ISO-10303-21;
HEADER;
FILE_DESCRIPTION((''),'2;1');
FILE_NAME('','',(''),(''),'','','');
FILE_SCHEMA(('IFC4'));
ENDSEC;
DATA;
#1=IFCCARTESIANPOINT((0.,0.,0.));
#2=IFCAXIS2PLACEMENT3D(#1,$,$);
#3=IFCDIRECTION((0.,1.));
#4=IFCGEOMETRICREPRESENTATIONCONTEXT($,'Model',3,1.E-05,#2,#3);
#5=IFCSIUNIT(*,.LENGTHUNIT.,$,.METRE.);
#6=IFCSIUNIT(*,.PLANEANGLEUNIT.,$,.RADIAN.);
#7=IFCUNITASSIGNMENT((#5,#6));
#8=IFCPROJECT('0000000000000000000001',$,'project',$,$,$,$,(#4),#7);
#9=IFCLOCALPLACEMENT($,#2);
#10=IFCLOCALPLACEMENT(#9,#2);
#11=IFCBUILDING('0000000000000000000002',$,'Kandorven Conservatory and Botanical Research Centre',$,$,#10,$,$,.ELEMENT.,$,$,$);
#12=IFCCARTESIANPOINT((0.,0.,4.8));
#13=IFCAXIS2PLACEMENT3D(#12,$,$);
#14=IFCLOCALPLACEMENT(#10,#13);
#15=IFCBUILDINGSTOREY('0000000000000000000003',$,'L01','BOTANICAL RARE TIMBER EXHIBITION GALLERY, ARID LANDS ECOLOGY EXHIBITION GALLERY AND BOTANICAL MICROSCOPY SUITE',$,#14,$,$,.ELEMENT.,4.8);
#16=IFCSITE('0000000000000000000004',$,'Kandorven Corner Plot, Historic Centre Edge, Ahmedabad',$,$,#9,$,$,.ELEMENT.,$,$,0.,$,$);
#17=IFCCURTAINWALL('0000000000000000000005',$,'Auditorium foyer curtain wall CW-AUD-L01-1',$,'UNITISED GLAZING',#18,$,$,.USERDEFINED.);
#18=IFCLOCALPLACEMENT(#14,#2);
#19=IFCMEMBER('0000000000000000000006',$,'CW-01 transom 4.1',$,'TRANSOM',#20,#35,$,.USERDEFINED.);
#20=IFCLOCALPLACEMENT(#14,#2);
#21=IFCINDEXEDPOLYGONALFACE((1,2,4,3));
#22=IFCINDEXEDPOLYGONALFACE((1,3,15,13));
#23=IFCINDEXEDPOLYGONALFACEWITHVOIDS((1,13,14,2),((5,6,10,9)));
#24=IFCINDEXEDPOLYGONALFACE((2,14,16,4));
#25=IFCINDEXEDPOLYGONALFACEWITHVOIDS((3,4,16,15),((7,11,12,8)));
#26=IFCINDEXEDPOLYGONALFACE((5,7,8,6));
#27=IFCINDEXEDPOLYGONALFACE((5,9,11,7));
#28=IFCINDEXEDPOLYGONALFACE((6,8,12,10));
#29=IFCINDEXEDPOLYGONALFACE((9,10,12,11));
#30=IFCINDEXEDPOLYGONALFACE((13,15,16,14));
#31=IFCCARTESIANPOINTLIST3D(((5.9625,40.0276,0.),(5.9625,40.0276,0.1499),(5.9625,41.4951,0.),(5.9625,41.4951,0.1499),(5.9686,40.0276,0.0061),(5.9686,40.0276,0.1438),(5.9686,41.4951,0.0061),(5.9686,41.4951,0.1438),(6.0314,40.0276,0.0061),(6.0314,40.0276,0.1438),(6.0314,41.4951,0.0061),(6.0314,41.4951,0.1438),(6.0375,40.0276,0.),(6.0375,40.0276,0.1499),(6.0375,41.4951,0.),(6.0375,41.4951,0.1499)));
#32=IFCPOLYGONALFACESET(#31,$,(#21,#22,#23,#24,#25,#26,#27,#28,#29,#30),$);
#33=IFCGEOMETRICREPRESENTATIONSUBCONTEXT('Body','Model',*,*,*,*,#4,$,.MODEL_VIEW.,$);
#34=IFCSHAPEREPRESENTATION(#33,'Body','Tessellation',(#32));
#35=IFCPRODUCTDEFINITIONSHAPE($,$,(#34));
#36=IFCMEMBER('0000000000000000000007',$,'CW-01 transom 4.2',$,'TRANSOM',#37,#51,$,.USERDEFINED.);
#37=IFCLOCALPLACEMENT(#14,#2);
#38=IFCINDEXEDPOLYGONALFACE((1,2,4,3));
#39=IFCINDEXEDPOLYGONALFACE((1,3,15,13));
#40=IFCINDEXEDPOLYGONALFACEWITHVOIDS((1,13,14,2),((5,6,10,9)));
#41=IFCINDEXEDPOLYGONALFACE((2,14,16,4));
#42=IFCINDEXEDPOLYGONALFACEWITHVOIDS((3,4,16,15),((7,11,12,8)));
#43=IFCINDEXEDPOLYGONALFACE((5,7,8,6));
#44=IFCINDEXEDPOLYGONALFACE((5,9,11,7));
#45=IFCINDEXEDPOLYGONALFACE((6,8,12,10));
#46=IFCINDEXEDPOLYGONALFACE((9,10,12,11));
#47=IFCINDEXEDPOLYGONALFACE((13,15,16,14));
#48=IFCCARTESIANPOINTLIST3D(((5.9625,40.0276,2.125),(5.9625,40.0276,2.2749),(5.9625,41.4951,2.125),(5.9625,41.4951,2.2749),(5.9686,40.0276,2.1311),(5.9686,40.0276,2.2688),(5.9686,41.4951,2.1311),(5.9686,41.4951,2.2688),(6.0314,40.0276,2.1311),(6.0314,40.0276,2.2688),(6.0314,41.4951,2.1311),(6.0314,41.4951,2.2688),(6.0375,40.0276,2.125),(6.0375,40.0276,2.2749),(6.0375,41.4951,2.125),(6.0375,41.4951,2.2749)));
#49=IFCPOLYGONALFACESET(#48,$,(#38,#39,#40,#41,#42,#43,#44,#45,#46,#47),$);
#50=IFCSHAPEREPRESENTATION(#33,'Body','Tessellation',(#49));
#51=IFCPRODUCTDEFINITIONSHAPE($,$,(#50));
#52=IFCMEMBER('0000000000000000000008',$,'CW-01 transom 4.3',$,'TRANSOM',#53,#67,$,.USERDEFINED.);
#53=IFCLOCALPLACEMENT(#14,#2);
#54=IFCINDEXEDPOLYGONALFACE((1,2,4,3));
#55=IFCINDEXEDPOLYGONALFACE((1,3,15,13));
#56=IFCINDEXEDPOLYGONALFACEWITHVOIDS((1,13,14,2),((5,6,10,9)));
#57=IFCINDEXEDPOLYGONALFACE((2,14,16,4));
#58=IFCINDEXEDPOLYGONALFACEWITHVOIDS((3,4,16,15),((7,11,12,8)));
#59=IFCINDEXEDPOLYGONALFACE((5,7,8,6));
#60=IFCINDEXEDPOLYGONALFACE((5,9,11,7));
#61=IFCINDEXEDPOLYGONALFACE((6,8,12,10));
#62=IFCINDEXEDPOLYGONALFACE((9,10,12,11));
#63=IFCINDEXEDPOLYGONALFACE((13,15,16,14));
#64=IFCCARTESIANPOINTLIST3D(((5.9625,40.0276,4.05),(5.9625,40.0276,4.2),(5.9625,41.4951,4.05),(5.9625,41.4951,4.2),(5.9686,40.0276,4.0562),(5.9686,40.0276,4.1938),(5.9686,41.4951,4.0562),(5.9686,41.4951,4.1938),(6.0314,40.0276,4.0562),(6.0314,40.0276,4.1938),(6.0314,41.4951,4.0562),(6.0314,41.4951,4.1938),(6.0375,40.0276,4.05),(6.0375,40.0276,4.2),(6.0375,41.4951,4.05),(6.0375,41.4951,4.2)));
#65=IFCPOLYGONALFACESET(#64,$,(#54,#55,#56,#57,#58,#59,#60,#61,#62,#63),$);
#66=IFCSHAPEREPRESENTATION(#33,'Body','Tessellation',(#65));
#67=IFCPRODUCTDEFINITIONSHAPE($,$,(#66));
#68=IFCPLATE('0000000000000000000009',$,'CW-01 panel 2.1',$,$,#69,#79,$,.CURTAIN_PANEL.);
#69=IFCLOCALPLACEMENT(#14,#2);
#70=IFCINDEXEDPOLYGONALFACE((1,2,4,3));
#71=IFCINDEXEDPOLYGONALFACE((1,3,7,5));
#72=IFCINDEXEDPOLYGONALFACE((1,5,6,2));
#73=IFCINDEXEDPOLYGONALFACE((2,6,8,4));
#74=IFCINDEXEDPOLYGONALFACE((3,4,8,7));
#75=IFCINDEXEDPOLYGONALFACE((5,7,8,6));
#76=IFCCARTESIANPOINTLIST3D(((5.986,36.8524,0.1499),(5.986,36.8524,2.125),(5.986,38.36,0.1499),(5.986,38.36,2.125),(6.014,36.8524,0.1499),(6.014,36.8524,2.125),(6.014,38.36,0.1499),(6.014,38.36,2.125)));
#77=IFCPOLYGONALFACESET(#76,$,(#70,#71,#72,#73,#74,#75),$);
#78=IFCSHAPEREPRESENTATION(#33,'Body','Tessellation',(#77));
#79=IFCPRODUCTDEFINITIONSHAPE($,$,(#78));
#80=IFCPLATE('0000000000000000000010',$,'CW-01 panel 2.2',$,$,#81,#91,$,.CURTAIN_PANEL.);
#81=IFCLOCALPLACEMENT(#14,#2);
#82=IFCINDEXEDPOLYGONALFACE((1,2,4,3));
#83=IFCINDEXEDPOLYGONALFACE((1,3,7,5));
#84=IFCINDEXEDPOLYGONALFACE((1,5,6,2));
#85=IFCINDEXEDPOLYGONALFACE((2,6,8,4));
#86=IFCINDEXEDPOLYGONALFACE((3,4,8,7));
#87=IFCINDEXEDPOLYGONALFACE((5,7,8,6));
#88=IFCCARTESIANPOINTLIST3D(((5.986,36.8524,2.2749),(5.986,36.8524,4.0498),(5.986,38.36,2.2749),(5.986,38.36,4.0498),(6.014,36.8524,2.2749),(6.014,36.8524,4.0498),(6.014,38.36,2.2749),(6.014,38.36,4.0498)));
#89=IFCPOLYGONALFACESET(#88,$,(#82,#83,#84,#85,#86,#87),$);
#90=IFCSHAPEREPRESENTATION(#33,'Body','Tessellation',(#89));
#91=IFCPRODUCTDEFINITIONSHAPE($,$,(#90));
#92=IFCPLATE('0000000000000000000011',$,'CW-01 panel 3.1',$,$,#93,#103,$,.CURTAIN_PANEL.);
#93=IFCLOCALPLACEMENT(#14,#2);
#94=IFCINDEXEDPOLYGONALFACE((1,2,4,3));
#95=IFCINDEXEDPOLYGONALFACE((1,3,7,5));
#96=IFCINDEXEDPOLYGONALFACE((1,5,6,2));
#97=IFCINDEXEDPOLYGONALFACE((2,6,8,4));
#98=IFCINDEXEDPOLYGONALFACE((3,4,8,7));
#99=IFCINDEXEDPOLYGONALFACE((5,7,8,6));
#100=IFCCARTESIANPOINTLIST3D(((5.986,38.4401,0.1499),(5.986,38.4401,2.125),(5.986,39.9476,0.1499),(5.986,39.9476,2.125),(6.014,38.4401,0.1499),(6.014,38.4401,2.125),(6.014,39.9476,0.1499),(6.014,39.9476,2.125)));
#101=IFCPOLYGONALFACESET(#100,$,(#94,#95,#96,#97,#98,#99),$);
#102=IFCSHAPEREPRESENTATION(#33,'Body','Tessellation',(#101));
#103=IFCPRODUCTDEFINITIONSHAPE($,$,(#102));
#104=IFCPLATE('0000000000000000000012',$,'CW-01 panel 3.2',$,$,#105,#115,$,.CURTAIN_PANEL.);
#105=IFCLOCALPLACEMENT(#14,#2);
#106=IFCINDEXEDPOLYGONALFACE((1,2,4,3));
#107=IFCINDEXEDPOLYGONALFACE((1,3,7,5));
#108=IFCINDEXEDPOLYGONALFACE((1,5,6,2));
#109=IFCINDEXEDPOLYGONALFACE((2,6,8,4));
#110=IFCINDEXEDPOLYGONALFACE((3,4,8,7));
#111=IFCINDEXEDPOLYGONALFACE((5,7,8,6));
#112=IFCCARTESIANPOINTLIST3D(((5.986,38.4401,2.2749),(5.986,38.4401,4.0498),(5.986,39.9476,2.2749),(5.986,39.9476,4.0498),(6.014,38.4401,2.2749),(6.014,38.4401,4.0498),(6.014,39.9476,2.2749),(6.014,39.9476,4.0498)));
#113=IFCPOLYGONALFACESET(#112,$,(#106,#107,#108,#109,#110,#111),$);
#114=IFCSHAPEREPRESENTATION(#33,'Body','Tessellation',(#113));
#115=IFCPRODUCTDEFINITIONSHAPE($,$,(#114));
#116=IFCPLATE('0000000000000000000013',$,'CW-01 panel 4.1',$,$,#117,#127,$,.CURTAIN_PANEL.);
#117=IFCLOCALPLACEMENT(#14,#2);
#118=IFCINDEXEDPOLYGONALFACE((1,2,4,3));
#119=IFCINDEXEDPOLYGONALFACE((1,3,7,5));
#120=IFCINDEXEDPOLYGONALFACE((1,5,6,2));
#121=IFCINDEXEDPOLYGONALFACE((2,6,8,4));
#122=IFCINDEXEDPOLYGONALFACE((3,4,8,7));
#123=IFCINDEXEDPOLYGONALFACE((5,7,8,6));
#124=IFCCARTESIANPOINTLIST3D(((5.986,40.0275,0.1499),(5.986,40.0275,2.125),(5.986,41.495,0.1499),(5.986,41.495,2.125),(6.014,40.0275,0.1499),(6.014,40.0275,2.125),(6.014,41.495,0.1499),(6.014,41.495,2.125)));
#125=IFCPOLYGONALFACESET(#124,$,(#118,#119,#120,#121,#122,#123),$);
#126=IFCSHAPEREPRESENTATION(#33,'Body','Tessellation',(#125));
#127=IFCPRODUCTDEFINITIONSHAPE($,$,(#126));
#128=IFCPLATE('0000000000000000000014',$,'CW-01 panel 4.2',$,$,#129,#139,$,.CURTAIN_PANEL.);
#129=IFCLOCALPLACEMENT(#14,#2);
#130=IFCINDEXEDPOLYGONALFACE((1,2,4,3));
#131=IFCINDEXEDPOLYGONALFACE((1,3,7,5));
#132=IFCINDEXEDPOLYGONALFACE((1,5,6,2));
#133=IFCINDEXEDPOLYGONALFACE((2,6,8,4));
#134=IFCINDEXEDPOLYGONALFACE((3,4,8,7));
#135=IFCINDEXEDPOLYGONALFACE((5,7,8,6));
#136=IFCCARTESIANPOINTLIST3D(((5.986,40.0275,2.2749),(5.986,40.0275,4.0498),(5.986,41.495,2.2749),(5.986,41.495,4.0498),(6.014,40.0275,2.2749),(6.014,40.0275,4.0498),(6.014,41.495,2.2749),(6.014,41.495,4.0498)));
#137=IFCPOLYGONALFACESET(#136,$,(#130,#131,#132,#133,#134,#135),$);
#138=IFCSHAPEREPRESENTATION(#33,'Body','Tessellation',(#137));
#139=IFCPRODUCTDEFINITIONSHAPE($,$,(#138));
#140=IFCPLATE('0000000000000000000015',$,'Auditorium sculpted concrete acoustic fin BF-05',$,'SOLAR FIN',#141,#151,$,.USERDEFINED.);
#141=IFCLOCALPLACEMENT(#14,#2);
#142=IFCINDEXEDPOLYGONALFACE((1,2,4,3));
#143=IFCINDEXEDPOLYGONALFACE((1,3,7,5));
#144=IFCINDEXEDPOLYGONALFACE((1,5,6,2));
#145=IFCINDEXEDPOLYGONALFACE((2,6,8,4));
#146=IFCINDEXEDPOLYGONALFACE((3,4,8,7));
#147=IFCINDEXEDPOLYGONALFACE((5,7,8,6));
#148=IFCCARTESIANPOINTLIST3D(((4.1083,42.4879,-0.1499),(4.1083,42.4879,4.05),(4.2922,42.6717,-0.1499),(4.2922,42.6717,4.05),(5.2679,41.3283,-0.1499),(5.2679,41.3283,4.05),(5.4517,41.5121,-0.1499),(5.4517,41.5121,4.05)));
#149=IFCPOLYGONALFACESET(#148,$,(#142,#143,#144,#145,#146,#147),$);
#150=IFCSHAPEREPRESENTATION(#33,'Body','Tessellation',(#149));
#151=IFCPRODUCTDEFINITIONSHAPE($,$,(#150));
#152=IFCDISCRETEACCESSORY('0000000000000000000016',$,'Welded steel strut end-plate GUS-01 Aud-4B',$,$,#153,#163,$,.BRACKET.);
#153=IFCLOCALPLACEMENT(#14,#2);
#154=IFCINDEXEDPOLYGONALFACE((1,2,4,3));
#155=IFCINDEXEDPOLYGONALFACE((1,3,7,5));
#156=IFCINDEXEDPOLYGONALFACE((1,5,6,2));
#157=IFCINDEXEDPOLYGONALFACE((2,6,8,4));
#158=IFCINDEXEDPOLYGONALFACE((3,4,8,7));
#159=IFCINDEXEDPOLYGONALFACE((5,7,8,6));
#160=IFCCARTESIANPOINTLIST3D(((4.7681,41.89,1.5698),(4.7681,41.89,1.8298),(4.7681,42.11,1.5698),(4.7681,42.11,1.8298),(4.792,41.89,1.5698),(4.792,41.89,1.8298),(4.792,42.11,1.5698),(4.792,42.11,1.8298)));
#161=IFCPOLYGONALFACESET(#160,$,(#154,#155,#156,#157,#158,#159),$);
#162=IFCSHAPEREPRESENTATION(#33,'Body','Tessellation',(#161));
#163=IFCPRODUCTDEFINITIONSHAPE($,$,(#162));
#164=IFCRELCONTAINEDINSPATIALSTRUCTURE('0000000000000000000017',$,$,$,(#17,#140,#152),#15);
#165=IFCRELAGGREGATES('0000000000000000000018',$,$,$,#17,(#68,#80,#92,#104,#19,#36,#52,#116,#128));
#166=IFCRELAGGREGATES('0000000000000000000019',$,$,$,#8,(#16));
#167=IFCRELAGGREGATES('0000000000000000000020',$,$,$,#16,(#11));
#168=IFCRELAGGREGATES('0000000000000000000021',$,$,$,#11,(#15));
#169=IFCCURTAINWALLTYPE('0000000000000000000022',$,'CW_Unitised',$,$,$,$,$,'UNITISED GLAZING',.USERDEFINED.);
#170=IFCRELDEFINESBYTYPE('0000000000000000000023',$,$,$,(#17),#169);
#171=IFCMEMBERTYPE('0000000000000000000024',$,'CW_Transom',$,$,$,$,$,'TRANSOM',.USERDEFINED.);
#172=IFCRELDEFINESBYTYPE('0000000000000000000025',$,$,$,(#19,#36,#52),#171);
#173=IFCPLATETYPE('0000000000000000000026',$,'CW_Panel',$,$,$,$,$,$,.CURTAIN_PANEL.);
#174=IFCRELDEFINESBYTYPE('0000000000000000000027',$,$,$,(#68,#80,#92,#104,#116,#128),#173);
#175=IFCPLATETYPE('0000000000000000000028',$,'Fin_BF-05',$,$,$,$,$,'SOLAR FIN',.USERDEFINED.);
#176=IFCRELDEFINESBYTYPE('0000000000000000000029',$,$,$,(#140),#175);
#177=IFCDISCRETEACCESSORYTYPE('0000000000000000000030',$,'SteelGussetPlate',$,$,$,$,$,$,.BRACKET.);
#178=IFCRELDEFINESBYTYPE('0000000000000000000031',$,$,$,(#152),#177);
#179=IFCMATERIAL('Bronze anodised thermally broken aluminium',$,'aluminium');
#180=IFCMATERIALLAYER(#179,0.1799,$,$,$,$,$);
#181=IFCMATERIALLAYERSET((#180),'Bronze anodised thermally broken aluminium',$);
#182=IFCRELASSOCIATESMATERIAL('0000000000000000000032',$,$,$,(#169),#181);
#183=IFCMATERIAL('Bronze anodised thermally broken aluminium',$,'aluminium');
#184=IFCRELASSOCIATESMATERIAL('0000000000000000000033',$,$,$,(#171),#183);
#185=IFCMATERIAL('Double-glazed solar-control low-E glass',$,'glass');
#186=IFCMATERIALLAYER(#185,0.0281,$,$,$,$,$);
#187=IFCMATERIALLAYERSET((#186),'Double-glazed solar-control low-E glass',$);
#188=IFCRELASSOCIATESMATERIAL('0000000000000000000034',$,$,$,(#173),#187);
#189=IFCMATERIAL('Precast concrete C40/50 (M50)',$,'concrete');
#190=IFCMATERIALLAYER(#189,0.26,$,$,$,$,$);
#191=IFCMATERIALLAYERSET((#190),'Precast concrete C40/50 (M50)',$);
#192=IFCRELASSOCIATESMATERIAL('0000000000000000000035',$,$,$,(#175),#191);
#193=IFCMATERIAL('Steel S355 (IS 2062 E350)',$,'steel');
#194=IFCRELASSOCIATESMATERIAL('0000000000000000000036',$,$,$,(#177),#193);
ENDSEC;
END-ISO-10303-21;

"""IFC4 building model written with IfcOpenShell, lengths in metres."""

from ifc_helpers import new_model, si_unit, direction, frame, origin, origin_2d, place, context, subcontext, project, spatial, rectangle, hollow_rectangle, extrude, material, layer, layer_set, material_profile, profile_set, type_object, element, aggregate, save


model = new_model("IFC4")

# Units and contexts
model_context = context("Model", 3, precision=1e-05, world=origin(), true_north=direction((0.0, 1.0)))
body_context = subcontext(model_context, "Body", "Model", "MODEL_VIEW")
ifc_project = project(units=[si_unit("LENGTHUNIT", "METRE"), si_unit("PLANEANGLEUNIT", "RADIAN")], contexts=[model_context])

# Site, building, storey
site_placement = place(None, origin())
site = spatial("IfcSite", under=ifc_project, at=site_placement, Name="Kandorven Corner Plot, Historic Centre Edge, Ahmedabad", CompositionType="ELEMENT", RefElevation=0.0)
building_placement = place(site_placement, origin())
building = spatial("IfcBuilding", under=site, at=building_placement, Name="Kandorven Conservatory and Botanical Research Centre", CompositionType="ELEMENT")
storey_placement = place(building_placement, frame((0.0, 0.0, 4.8)))
storey = spatial("IfcBuildingStorey", under=building, at=storey_placement, Name="L01", Description="BOTANICAL RARE TIMBER EXHIBITION GALLERY, ARID LANDS ECOLOGY EXHIBITION GALLERY AND BOTANICAL MICROSCOPY SUITE", CompositionType="ELEMENT", Elevation=4.8)

# Curtain wall, members, plates
ifc_material_1 = material(Name="Bronze anodised thermally broken aluminium", Category="aluminium")
ifc_layer_1 = layer(ifc_material_1, 0.1799)
ifc_layer_set_1 = layer_set([ifc_layer_1], Name="Bronze anodised thermally broken aluminium")
curtain_wall_type = type_object("IfcCurtainWallType", Name="CW_Unitised", ElementType="UNITISED GLAZING", PredefinedType="USERDEFINED", material=ifc_layer_set_1)
curtain_wall_placement = place(storey_placement, origin())
curtain_wall = element("IfcCurtainWall", 1, at=curtain_wall_placement, inside=storey, type_object=curtain_wall_type, Name="Auditorium foyer curtain wall CW-AUD-L01-1", ObjectType="UNITISED GLAZING", PredefinedType="USERDEFINED")
ifc_material_2 = material(Name="Bronze anodised thermally broken aluminium", Category="aluminium")
ifc_material_profile_1 = material_profile(ifc_material_2, hollow_rectangle(XDim=0.075, YDim=0.1499, WallThickness=0.0061, at=origin_2d()))
ifc_profile_set_1 = profile_set([ifc_material_profile_1], Name="Bronze anodised thermally broken aluminium")
member_type_1 = type_object("IfcMemberType", Name="CW_Transom", ElementType="TRANSOM", PredefinedType="USERDEFINED", material=ifc_profile_set_1)
member_1_placement = place(storey_placement, frame((6.0, 40.0276, 0.075), z_axis=(0.0, 1.0, 0.0), x_axis=(-1.0, 0.0, 0.0)))
member_1 = element("IfcMember", 2, at=member_1_placement, type_object=member_type_1, Name="CW-01 transom 4.1", ObjectType="TRANSOM", PredefinedType="USERDEFINED", context=body_context, shape_type="SweptSolid", body=[
    extrude(hollow_rectangle(XDim=0.075, YDim=0.1499, WallThickness=0.0061, at=origin_2d()), origin(), (0.0, 0.0, 1.0), 1.4675),
])
member_2_placement = place(storey_placement, frame((6.0, 40.0276, 2.2), z_axis=(0.0, 1.0, 0.0), x_axis=(-1.0, 0.0, 0.0)))
member_2 = element("IfcMember", 3, at=member_2_placement, type_object=member_type_1, Name="CW-01 transom 4.2", ObjectType="TRANSOM", PredefinedType="USERDEFINED", context=body_context, shape_type="SweptSolid", body=[
    extrude(hollow_rectangle(XDim=0.075, YDim=0.1499, WallThickness=0.0061, at=origin_2d()), origin(), (0.0, 0.0, 1.0), 1.4675),
])
member_3_placement = place(storey_placement, frame((6.0, 40.0276, 4.125), z_axis=(0.0, 1.0, 0.0), x_axis=(-1.0, 0.0, 0.0)))
member_3 = element("IfcMember", 4, at=member_3_placement, type_object=member_type_1, Name="CW-01 transom 4.3", ObjectType="TRANSOM", PredefinedType="USERDEFINED", context=body_context, shape_type="SweptSolid", body=[
    extrude(hollow_rectangle(XDim=0.075, YDim=0.1499, WallThickness=0.0061, at=origin_2d()), origin(), (0.0, 0.0, 1.0), 1.4675),
])
ifc_material_3 = material(Name="Double-glazed solar-control low-E glass", Category="glass")
ifc_layer_2 = layer(ifc_material_3, 0.0281)
ifc_layer_set_2 = layer_set([ifc_layer_2], Name="Double-glazed solar-control low-E glass")
plate_type_1 = type_object("IfcPlateType", Name="CW_Panel", PredefinedType="CURTAIN_PANEL", material=ifc_layer_set_2)
plate_1_placement = place(storey_placement, frame((6.0, 37.6062, 0.1499), z_axis=(0.0, 0.0, 1.0), x_axis=(0.0, 1.0, 0.0)))
plate_1 = element("IfcPlate", 5, at=plate_1_placement, type_object=plate_type_1, Name="CW-01 panel 2.1", PredefinedType="CURTAIN_PANEL", context=body_context, shape_type="SweptSolid", body=[
    extrude(rectangle(XDim=1.5076, YDim=0.0281, at=origin_2d()), origin(), (0.0, 0.0, 1.0), 1.9751),
])
plate_2_placement = place(storey_placement, frame((6.0, 37.6062, 2.2749), z_axis=(0.0, 0.0, 1.0), x_axis=(0.0, 1.0, 0.0)))
plate_2 = element("IfcPlate", 6, at=plate_2_placement, type_object=plate_type_1, Name="CW-01 panel 2.2", PredefinedType="CURTAIN_PANEL", context=body_context, shape_type="SweptSolid", body=[
    extrude(rectangle(XDim=1.5076, YDim=0.0281, at=origin_2d()), origin(), (0.0, 0.0, 1.0), 1.7749),
])
plate_3_placement = place(storey_placement, frame((6.0, 39.1938, 0.1499), z_axis=(0.0, 0.0, 1.0), x_axis=(0.0, 1.0, 0.0)))
plate_3 = element("IfcPlate", 7, at=plate_3_placement, type_object=plate_type_1, Name="CW-01 panel 3.1", PredefinedType="CURTAIN_PANEL", context=body_context, shape_type="SweptSolid", body=[
    extrude(rectangle(XDim=1.5076, YDim=0.0281, at=origin_2d()), origin(), (0.0, 0.0, 1.0), 1.9751),
])
plate_4_placement = place(storey_placement, frame((6.0, 39.1938, 2.2749), z_axis=(0.0, 0.0, 1.0), x_axis=(0.0, 1.0, 0.0)))
plate_4 = element("IfcPlate", 8, at=plate_4_placement, type_object=plate_type_1, Name="CW-01 panel 3.2", PredefinedType="CURTAIN_PANEL", context=body_context, shape_type="SweptSolid", body=[
    extrude(rectangle(XDim=1.5076, YDim=0.0281, at=origin_2d()), origin(), (0.0, 0.0, 1.0), 1.7749),
])
plate_5_placement = place(storey_placement, frame((6.0, 40.7612, 0.1499), z_axis=(0.0, 0.0, 1.0), x_axis=(0.0, 1.0, 0.0)))
plate_5 = element("IfcPlate", 9, at=plate_5_placement, type_object=plate_type_1, Name="CW-01 panel 4.1", PredefinedType="CURTAIN_PANEL", context=body_context, shape_type="SweptSolid", body=[
    extrude(rectangle(XDim=1.4675, YDim=0.0281, at=origin_2d()), origin(), (0.0, 0.0, 1.0), 1.9751),
])
plate_6_placement = place(storey_placement, frame((6.0, 40.7612, 2.2749), z_axis=(0.0, 0.0, 1.0), x_axis=(0.0, 1.0, 0.0)))
plate_6 = element("IfcPlate", 10, at=plate_6_placement, type_object=plate_type_1, Name="CW-01 panel 4.2", PredefinedType="CURTAIN_PANEL", context=body_context, shape_type="SweptSolid", body=[
    extrude(rectangle(XDim=1.4675, YDim=0.0281, at=origin_2d()), origin(), (0.0, 0.0, 1.0), 1.7749),
])
aggregate(curtain_wall, [plate_1, plate_2, plate_3, plate_4, member_1, member_2, member_3, plate_5, plate_6])

# Plate
ifc_material_4 = material(Name="Precast concrete C40/50 (M50)", Category="concrete")
ifc_layer_3 = layer(ifc_material_4, 0.26)
ifc_layer_set_3 = layer_set([ifc_layer_3], Name="Precast concrete C40/50 (M50)")
plate_type_2 = type_object("IfcPlateType", Name="Fin_BF-05", ElementType="SOLAR FIN", PredefinedType="USERDEFINED", material=ifc_layer_set_3)
plate_7_placement = place(storey_placement, frame((4.78, 42.0, -0.1499), z_axis=(0.0, 0.0, 1.0), x_axis=(-0.707107, 0.707107, 0.0)))
element("IfcPlate", 11, at=plate_7_placement, inside=storey, type_object=plate_type_2, Name="Auditorium sculpted concrete acoustic fin BF-05", ObjectType="SOLAR FIN", PredefinedType="USERDEFINED", context=body_context, shape_type="SweptSolid", body=[
    extrude(rectangle(XDim=1.6399, YDim=0.26, at=origin_2d()), origin(), (0.0, 0.0, 1.0), 4.2),
])

# Discrete accessory
ifc_material_5 = material(Name="Steel S355 (IS 2062 E350)", Category="steel")
discrete_accessory_type = type_object("IfcDiscreteAccessoryType", Name="SteelGussetPlate", PredefinedType="BRACKET", material=ifc_material_5)
discrete_accessory_placement = place(storey_placement, frame((4.78, 42.0, 1.5698), z_axis=(0.0, 0.0, 1.0), x_axis=(1.0, 0.0, 0.0)))
element("IfcDiscreteAccessory", 12, at=discrete_accessory_placement, inside=storey, type_object=discrete_accessory_type, Name="Welded steel strut end-plate GUS-01 Aud-4B", PredefinedType="BRACKET", context=body_context, shape_type="SweptSolid", body=[
    extrude(rectangle(XDim=0.0239, YDim=0.22, at=origin_2d()), origin(), (0.0, 0.0, 1.0), 0.26),
])

save(model, "model.ifc")
